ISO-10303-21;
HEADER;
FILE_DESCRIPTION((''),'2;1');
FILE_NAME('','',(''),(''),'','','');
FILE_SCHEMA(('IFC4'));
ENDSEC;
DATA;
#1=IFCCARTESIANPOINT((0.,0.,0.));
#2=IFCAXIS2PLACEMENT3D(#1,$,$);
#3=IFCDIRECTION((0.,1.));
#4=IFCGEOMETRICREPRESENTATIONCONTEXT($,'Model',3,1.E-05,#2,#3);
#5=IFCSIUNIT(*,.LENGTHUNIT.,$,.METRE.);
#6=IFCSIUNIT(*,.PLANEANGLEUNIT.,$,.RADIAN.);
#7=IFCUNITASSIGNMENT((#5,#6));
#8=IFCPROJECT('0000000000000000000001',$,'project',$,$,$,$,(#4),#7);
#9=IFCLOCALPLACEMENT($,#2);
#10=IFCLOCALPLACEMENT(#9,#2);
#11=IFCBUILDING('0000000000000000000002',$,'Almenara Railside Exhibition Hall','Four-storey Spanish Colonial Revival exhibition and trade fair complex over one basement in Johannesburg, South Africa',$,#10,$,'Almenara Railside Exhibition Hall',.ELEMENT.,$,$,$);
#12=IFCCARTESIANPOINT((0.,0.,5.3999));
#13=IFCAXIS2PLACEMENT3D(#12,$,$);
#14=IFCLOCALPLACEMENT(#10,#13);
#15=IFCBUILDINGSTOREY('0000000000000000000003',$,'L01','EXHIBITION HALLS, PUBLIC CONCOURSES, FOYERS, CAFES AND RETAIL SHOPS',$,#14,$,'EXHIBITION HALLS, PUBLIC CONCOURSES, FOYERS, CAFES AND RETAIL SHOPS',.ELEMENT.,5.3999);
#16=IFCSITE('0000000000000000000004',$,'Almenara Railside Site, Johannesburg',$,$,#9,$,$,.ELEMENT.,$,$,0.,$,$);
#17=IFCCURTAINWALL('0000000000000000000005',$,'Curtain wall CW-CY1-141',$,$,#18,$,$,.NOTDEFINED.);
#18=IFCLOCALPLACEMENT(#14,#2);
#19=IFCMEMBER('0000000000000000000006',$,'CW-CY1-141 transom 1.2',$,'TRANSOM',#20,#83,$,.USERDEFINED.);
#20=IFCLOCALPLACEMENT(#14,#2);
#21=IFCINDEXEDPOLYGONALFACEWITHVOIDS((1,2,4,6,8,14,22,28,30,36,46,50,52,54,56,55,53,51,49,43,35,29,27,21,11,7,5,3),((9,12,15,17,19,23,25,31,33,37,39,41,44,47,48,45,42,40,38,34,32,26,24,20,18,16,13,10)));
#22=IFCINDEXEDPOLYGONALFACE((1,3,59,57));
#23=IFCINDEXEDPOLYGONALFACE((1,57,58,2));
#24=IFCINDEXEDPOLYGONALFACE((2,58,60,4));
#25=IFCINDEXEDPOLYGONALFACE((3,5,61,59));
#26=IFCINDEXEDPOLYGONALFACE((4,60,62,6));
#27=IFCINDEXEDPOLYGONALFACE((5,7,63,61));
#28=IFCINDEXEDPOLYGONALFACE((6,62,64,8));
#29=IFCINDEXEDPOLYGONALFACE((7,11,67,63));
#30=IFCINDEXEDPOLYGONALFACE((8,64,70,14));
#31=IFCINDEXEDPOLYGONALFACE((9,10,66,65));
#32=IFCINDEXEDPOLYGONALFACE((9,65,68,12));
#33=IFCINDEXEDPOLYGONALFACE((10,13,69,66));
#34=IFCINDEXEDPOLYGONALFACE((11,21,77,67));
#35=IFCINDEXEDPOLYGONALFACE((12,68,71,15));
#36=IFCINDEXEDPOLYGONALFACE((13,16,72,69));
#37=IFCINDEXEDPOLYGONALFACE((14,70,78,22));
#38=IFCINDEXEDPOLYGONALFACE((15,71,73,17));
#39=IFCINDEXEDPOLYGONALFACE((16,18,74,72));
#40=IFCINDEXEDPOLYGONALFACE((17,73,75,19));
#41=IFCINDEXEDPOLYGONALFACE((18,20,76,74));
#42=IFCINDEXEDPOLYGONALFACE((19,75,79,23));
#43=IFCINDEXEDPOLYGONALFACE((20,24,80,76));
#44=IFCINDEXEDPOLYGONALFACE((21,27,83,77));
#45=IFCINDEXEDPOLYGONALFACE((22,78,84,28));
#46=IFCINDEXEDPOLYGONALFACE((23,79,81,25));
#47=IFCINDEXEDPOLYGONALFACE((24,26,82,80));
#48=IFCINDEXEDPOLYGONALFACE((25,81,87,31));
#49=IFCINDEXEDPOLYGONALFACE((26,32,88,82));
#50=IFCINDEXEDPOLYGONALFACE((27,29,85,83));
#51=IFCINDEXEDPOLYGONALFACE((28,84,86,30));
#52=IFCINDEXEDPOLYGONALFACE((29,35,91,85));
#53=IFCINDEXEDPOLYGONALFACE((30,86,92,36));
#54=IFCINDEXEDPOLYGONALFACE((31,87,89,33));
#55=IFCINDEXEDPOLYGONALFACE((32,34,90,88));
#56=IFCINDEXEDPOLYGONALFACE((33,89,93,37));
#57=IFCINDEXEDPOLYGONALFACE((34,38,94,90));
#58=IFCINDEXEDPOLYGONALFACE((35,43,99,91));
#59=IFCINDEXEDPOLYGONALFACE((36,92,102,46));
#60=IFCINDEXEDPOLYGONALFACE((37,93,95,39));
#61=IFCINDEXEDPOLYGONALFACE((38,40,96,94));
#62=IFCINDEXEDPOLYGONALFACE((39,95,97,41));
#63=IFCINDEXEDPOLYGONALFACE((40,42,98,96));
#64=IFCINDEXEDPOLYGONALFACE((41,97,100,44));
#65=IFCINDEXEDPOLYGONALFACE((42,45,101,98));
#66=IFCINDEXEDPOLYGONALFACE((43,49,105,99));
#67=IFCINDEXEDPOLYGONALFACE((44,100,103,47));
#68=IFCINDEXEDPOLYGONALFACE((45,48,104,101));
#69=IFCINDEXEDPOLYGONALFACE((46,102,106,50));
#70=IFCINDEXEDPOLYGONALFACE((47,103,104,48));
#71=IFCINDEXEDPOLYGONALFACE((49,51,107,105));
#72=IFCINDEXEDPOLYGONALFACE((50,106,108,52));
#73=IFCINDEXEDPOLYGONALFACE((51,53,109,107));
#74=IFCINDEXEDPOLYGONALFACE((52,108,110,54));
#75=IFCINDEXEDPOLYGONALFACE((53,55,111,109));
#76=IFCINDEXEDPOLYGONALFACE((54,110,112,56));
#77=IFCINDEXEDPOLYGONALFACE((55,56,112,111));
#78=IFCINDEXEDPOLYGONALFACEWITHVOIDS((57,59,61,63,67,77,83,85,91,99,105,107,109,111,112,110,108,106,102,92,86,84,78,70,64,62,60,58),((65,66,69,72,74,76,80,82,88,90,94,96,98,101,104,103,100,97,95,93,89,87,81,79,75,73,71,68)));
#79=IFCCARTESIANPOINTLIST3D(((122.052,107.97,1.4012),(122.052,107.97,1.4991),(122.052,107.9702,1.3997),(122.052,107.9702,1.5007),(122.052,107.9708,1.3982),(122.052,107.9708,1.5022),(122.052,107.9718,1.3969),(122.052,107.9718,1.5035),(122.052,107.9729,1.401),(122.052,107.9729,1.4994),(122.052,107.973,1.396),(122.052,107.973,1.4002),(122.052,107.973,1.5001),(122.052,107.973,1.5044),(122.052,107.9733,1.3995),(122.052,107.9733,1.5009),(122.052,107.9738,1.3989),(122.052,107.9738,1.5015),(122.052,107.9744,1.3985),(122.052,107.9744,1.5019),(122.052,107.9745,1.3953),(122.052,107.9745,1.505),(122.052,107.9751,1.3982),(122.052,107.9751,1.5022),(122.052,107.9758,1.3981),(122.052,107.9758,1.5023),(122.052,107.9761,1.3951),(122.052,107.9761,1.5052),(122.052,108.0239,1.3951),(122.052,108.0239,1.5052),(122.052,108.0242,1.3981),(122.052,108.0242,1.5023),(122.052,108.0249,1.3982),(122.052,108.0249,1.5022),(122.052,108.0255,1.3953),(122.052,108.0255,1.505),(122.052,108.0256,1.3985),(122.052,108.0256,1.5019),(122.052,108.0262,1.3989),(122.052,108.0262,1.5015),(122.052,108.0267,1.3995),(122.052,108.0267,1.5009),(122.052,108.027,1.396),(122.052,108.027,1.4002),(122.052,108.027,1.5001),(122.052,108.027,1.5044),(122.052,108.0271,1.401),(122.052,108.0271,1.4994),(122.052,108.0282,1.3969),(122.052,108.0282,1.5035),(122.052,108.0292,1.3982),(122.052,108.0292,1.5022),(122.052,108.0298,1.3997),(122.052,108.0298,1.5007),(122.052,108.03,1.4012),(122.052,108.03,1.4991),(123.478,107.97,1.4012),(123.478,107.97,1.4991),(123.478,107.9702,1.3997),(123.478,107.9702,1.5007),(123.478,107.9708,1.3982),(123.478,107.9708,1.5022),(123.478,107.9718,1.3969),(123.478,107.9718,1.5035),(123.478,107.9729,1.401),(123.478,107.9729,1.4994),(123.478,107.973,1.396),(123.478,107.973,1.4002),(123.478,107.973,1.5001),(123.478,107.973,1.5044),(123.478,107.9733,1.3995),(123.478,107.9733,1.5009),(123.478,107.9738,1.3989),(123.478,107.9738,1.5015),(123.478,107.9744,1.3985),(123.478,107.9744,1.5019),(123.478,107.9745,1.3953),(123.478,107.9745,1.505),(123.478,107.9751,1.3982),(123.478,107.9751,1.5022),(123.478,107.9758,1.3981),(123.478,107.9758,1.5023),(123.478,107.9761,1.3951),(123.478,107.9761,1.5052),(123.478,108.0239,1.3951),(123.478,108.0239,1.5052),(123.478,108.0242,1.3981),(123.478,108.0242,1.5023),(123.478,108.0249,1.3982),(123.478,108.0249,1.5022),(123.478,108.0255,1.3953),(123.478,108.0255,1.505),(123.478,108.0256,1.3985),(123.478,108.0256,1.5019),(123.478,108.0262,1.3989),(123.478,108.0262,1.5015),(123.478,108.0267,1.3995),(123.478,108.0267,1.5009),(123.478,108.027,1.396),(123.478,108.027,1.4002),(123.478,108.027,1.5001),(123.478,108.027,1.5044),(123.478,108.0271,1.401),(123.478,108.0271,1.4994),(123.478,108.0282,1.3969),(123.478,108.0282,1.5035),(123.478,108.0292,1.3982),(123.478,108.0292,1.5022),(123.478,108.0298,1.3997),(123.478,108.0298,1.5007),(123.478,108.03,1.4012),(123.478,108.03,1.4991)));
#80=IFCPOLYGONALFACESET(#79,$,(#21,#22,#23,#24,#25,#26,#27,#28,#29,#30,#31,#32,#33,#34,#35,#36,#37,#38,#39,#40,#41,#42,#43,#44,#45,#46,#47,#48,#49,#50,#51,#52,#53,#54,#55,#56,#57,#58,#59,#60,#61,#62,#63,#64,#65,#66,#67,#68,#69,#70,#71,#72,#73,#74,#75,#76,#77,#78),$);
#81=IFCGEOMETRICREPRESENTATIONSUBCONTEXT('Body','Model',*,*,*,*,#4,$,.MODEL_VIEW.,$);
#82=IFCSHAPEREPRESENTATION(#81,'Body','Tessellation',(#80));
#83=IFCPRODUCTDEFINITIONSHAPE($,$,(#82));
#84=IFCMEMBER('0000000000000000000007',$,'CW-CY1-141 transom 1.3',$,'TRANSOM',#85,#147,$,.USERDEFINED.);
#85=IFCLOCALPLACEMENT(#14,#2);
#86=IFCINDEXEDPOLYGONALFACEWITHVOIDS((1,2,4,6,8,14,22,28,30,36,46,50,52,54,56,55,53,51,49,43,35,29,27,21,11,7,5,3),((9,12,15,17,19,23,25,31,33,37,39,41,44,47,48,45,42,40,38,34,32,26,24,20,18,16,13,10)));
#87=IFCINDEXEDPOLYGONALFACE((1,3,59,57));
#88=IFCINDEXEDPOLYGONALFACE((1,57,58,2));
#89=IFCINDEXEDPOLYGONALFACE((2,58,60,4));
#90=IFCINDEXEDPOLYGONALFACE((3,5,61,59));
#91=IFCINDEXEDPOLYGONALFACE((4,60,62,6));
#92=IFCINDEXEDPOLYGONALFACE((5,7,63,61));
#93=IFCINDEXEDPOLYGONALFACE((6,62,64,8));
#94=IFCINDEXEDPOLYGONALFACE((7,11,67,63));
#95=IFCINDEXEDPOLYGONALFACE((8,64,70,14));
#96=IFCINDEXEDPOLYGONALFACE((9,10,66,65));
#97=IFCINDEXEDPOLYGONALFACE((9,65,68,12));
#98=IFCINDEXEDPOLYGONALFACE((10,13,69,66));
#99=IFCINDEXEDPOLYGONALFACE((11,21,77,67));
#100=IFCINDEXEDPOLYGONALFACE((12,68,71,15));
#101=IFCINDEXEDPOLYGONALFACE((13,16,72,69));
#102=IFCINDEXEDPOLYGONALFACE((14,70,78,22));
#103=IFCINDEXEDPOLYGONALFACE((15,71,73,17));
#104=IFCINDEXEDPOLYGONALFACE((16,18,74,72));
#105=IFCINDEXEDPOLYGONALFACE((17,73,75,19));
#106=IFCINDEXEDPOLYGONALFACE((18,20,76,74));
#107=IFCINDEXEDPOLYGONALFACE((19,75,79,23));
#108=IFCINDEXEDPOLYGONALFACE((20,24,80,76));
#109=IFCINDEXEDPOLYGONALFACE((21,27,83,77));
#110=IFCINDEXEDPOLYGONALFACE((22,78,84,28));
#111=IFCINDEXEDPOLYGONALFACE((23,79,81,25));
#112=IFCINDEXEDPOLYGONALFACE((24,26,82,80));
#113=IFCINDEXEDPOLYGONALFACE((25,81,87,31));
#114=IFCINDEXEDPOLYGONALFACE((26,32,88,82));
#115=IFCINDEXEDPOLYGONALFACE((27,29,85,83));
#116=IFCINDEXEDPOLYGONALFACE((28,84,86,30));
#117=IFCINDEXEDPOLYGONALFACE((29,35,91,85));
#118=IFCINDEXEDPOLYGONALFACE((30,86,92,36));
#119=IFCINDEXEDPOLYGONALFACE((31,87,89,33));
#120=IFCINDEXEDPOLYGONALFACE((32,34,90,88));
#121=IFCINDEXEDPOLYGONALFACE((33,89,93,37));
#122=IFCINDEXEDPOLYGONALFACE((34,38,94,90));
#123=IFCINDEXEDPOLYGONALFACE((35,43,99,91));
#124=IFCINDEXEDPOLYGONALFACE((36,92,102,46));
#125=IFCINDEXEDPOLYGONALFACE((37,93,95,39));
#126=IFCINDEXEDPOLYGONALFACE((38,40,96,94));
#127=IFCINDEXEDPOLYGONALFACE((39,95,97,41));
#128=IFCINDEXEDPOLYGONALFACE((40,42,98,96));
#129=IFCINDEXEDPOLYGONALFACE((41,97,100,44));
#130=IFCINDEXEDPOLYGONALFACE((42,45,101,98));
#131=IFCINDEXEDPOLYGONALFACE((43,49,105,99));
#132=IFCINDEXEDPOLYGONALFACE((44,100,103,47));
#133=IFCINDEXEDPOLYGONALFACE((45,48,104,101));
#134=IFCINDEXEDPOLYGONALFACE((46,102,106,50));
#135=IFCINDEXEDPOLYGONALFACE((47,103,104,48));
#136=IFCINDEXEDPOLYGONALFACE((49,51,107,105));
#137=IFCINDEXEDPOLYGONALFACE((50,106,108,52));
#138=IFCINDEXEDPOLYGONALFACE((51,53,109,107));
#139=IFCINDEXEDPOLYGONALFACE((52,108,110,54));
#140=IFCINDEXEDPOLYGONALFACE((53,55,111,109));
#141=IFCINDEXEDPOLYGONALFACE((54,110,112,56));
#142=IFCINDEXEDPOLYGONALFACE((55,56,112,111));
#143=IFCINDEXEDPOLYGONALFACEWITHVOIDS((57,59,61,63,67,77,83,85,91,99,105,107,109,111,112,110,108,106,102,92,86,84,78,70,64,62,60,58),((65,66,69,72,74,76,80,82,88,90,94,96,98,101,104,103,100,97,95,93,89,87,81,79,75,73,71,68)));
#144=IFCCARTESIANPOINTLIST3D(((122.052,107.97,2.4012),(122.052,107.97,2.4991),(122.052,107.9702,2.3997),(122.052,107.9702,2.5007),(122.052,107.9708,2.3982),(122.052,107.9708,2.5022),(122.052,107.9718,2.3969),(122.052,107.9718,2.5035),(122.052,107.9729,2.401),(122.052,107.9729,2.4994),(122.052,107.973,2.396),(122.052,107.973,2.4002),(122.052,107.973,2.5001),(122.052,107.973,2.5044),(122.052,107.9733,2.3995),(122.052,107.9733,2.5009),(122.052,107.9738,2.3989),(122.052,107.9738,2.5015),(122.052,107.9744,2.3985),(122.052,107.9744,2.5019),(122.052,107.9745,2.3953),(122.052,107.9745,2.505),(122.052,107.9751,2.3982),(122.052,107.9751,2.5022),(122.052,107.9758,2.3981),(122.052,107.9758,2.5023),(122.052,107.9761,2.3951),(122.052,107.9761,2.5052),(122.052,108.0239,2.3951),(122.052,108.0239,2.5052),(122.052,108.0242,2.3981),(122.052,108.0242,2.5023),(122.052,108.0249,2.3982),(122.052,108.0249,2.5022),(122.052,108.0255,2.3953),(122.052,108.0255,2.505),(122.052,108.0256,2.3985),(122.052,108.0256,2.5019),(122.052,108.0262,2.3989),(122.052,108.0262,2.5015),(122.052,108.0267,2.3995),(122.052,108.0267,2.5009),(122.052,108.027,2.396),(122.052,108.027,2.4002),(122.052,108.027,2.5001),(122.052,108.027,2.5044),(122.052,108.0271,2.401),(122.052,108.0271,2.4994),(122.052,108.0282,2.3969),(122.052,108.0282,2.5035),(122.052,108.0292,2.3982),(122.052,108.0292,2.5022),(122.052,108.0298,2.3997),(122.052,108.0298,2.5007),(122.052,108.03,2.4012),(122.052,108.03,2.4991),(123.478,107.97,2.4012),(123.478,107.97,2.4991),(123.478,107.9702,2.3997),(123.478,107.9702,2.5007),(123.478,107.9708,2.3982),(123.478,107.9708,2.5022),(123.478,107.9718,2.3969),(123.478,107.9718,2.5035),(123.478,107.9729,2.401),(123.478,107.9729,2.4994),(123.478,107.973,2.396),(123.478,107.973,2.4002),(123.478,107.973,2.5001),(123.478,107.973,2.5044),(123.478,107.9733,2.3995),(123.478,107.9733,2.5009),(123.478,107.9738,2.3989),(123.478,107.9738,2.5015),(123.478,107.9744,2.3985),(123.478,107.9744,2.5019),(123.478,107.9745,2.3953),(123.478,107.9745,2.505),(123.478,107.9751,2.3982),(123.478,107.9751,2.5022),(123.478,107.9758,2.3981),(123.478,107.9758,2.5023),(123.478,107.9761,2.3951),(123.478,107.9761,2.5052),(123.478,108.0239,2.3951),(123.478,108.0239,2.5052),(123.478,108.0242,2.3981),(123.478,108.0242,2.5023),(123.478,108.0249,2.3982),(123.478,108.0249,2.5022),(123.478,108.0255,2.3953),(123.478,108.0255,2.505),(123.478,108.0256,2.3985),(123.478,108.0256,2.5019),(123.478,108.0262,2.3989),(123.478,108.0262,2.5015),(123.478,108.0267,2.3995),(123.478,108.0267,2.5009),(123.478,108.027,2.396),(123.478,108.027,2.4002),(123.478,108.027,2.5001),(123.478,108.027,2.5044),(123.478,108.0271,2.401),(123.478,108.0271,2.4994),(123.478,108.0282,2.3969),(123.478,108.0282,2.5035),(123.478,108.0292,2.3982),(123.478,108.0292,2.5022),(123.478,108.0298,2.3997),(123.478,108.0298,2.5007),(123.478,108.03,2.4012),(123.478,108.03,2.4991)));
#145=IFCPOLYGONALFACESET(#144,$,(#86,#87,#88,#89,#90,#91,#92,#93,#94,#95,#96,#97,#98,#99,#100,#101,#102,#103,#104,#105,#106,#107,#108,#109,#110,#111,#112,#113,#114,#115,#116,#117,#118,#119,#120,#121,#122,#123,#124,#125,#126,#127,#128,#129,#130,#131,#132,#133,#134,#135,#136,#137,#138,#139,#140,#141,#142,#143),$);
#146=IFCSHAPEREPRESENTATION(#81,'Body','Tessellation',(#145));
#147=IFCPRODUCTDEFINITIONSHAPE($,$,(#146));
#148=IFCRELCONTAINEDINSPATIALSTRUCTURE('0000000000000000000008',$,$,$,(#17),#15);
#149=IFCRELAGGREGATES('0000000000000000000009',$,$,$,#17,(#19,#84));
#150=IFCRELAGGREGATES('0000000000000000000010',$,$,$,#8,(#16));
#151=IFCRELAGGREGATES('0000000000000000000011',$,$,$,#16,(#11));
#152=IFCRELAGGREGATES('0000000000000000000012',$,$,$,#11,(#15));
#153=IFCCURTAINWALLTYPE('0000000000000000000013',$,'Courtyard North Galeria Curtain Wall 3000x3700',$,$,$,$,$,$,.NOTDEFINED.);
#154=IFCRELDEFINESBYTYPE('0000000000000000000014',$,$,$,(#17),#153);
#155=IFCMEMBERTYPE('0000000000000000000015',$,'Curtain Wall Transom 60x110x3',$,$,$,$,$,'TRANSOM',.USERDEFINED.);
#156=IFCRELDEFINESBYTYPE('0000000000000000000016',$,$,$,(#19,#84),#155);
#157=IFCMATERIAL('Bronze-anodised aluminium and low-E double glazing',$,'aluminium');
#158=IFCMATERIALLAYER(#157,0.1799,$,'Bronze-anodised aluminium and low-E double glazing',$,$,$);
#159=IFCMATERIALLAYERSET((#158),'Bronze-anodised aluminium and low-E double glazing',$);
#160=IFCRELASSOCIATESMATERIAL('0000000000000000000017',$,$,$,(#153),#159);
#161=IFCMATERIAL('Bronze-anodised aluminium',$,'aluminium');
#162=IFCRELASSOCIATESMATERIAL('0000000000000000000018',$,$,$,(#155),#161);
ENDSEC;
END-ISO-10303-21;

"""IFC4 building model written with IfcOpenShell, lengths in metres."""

from ifc_helpers import new_model, si_unit, direction, frame, origin, origin_2d, place, context, subcontext, project, spatial, hollow_rectangle, extrude, material, layer, layer_set, material_profile, profile_set, type_object, element, aggregate, save


model = new_model("IFC4")

# Units and contexts
model_context = context("Model", 3, precision=1e-05, world=origin(), true_north=direction((0.0, 1.0)))
body_context = subcontext(model_context, "Body", "Model", "MODEL_VIEW")
ifc_project = project(units=[si_unit("LENGTHUNIT", "METRE"), si_unit("PLANEANGLEUNIT", "RADIAN")], contexts=[model_context])

# Site, building, storey
site_placement = place(None, origin())
site = spatial("IfcSite", under=ifc_project, at=site_placement, Name="Almenara Railside Site, Johannesburg", CompositionType="ELEMENT", RefElevation=0.0)
building_placement = place(site_placement, origin())
building = spatial("IfcBuilding", under=site, at=building_placement, Name="Almenara Railside Exhibition Hall", Description="Four-storey Spanish Colonial Revival exhibition and trade fair complex over one basement in Johannesburg, South Africa", LongName="Almenara Railside Exhibition Hall", CompositionType="ELEMENT")
storey_placement = place(building_placement, frame((0.0, 0.0, 5.3999)))
storey = spatial("IfcBuildingStorey", under=building, at=storey_placement, Name="L01", Description="EXHIBITION HALLS, PUBLIC CONCOURSES, FOYERS, CAFES AND RETAIL SHOPS", LongName="EXHIBITION HALLS, PUBLIC CONCOURSES, FOYERS, CAFES AND RETAIL SHOPS", CompositionType="ELEMENT", Elevation=5.3999)

# Curtain wall
ifc_material_1 = material(Name="Bronze-anodised aluminium and low-E double glazing", Category="aluminium")
ifc_layer_1 = layer(ifc_material_1, 0.1799, Name="Bronze-anodised aluminium and low-E double glazing")
ifc_layer_set_1 = layer_set([ifc_layer_1], Name="Bronze-anodised aluminium and low-E double glazing")
curtain_wall_type = type_object("IfcCurtainWallType", Name="Courtyard North Galeria Curtain Wall 3000x3700", PredefinedType="NOTDEFINED", material=ifc_layer_set_1)
curtain_wall_1_placement = place(storey_placement, origin())
curtain_wall_1 = element("IfcCurtainWall", 1, at=curtain_wall_1_placement, inside=storey, type_object=curtain_wall_type, Name="Curtain wall CW-CY1-141", PredefinedType="NOTDEFINED")
ifc_material_2 = material(Name="Bronze-anodised aluminium", Category="aluminium")

# Members
ifc_material_profile_1 = material_profile(ifc_material_2, hollow_rectangle(XDim=0.0601, YDim=0.1101, WallThickness=0.0029, InnerFilletRadius=0.0029, OuterFilletRadius=0.0061, at=origin_2d()), Name="ALU-TRN 60x110x3")
ifc_profile_set_1 = profile_set([ifc_material_profile_1], Name="Bronze-anodised aluminium")
member_type_1 = type_object("IfcMemberType", Name="Curtain Wall Transom 60x110x3", ElementType="TRANSOM", PredefinedType="USERDEFINED", material=ifc_profile_set_1)
member_1_placement = place(storey_placement, frame((122.052, 108.0, 1.4502), z_axis=(1.0, 0.0, 0.0), x_axis=(0.0, 1.0, 0.0)))
member_1 = element("IfcMember", 2, at=member_1_placement, type_object=member_type_1, Name="CW-CY1-141 transom 1.2", ObjectType="TRANSOM", PredefinedType="USERDEFINED", context=body_context, shape_type="SweptSolid", body=[
    extrude(hollow_rectangle(XDim=0.0601, YDim=0.1101, WallThickness=0.0029, InnerFilletRadius=0.0029, OuterFilletRadius=0.0061, at=origin_2d()), origin(), (0.0, 0.0, 1.0), 1.426),
])
member_2_placement = place(storey_placement, frame((122.052, 108.0, 2.4502), z_axis=(1.0, 0.0, 0.0), x_axis=(0.0, 1.0, 0.0)))
member_2 = element("IfcMember", 3, at=member_2_placement, type_object=member_type_1, Name="CW-CY1-141 transom 1.3", ObjectType="TRANSOM", PredefinedType="USERDEFINED", context=body_context, shape_type="SweptSolid", body=[
    extrude(hollow_rectangle(XDim=0.0601, YDim=0.1101, WallThickness=0.0029, InnerFilletRadius=0.0029, OuterFilletRadius=0.0061, at=origin_2d()), origin(), (0.0, 0.0, 1.0), 1.426),
])

aggregate(curtain_wall_1, [member_1, member_2])

save(model, "model.ifc")
